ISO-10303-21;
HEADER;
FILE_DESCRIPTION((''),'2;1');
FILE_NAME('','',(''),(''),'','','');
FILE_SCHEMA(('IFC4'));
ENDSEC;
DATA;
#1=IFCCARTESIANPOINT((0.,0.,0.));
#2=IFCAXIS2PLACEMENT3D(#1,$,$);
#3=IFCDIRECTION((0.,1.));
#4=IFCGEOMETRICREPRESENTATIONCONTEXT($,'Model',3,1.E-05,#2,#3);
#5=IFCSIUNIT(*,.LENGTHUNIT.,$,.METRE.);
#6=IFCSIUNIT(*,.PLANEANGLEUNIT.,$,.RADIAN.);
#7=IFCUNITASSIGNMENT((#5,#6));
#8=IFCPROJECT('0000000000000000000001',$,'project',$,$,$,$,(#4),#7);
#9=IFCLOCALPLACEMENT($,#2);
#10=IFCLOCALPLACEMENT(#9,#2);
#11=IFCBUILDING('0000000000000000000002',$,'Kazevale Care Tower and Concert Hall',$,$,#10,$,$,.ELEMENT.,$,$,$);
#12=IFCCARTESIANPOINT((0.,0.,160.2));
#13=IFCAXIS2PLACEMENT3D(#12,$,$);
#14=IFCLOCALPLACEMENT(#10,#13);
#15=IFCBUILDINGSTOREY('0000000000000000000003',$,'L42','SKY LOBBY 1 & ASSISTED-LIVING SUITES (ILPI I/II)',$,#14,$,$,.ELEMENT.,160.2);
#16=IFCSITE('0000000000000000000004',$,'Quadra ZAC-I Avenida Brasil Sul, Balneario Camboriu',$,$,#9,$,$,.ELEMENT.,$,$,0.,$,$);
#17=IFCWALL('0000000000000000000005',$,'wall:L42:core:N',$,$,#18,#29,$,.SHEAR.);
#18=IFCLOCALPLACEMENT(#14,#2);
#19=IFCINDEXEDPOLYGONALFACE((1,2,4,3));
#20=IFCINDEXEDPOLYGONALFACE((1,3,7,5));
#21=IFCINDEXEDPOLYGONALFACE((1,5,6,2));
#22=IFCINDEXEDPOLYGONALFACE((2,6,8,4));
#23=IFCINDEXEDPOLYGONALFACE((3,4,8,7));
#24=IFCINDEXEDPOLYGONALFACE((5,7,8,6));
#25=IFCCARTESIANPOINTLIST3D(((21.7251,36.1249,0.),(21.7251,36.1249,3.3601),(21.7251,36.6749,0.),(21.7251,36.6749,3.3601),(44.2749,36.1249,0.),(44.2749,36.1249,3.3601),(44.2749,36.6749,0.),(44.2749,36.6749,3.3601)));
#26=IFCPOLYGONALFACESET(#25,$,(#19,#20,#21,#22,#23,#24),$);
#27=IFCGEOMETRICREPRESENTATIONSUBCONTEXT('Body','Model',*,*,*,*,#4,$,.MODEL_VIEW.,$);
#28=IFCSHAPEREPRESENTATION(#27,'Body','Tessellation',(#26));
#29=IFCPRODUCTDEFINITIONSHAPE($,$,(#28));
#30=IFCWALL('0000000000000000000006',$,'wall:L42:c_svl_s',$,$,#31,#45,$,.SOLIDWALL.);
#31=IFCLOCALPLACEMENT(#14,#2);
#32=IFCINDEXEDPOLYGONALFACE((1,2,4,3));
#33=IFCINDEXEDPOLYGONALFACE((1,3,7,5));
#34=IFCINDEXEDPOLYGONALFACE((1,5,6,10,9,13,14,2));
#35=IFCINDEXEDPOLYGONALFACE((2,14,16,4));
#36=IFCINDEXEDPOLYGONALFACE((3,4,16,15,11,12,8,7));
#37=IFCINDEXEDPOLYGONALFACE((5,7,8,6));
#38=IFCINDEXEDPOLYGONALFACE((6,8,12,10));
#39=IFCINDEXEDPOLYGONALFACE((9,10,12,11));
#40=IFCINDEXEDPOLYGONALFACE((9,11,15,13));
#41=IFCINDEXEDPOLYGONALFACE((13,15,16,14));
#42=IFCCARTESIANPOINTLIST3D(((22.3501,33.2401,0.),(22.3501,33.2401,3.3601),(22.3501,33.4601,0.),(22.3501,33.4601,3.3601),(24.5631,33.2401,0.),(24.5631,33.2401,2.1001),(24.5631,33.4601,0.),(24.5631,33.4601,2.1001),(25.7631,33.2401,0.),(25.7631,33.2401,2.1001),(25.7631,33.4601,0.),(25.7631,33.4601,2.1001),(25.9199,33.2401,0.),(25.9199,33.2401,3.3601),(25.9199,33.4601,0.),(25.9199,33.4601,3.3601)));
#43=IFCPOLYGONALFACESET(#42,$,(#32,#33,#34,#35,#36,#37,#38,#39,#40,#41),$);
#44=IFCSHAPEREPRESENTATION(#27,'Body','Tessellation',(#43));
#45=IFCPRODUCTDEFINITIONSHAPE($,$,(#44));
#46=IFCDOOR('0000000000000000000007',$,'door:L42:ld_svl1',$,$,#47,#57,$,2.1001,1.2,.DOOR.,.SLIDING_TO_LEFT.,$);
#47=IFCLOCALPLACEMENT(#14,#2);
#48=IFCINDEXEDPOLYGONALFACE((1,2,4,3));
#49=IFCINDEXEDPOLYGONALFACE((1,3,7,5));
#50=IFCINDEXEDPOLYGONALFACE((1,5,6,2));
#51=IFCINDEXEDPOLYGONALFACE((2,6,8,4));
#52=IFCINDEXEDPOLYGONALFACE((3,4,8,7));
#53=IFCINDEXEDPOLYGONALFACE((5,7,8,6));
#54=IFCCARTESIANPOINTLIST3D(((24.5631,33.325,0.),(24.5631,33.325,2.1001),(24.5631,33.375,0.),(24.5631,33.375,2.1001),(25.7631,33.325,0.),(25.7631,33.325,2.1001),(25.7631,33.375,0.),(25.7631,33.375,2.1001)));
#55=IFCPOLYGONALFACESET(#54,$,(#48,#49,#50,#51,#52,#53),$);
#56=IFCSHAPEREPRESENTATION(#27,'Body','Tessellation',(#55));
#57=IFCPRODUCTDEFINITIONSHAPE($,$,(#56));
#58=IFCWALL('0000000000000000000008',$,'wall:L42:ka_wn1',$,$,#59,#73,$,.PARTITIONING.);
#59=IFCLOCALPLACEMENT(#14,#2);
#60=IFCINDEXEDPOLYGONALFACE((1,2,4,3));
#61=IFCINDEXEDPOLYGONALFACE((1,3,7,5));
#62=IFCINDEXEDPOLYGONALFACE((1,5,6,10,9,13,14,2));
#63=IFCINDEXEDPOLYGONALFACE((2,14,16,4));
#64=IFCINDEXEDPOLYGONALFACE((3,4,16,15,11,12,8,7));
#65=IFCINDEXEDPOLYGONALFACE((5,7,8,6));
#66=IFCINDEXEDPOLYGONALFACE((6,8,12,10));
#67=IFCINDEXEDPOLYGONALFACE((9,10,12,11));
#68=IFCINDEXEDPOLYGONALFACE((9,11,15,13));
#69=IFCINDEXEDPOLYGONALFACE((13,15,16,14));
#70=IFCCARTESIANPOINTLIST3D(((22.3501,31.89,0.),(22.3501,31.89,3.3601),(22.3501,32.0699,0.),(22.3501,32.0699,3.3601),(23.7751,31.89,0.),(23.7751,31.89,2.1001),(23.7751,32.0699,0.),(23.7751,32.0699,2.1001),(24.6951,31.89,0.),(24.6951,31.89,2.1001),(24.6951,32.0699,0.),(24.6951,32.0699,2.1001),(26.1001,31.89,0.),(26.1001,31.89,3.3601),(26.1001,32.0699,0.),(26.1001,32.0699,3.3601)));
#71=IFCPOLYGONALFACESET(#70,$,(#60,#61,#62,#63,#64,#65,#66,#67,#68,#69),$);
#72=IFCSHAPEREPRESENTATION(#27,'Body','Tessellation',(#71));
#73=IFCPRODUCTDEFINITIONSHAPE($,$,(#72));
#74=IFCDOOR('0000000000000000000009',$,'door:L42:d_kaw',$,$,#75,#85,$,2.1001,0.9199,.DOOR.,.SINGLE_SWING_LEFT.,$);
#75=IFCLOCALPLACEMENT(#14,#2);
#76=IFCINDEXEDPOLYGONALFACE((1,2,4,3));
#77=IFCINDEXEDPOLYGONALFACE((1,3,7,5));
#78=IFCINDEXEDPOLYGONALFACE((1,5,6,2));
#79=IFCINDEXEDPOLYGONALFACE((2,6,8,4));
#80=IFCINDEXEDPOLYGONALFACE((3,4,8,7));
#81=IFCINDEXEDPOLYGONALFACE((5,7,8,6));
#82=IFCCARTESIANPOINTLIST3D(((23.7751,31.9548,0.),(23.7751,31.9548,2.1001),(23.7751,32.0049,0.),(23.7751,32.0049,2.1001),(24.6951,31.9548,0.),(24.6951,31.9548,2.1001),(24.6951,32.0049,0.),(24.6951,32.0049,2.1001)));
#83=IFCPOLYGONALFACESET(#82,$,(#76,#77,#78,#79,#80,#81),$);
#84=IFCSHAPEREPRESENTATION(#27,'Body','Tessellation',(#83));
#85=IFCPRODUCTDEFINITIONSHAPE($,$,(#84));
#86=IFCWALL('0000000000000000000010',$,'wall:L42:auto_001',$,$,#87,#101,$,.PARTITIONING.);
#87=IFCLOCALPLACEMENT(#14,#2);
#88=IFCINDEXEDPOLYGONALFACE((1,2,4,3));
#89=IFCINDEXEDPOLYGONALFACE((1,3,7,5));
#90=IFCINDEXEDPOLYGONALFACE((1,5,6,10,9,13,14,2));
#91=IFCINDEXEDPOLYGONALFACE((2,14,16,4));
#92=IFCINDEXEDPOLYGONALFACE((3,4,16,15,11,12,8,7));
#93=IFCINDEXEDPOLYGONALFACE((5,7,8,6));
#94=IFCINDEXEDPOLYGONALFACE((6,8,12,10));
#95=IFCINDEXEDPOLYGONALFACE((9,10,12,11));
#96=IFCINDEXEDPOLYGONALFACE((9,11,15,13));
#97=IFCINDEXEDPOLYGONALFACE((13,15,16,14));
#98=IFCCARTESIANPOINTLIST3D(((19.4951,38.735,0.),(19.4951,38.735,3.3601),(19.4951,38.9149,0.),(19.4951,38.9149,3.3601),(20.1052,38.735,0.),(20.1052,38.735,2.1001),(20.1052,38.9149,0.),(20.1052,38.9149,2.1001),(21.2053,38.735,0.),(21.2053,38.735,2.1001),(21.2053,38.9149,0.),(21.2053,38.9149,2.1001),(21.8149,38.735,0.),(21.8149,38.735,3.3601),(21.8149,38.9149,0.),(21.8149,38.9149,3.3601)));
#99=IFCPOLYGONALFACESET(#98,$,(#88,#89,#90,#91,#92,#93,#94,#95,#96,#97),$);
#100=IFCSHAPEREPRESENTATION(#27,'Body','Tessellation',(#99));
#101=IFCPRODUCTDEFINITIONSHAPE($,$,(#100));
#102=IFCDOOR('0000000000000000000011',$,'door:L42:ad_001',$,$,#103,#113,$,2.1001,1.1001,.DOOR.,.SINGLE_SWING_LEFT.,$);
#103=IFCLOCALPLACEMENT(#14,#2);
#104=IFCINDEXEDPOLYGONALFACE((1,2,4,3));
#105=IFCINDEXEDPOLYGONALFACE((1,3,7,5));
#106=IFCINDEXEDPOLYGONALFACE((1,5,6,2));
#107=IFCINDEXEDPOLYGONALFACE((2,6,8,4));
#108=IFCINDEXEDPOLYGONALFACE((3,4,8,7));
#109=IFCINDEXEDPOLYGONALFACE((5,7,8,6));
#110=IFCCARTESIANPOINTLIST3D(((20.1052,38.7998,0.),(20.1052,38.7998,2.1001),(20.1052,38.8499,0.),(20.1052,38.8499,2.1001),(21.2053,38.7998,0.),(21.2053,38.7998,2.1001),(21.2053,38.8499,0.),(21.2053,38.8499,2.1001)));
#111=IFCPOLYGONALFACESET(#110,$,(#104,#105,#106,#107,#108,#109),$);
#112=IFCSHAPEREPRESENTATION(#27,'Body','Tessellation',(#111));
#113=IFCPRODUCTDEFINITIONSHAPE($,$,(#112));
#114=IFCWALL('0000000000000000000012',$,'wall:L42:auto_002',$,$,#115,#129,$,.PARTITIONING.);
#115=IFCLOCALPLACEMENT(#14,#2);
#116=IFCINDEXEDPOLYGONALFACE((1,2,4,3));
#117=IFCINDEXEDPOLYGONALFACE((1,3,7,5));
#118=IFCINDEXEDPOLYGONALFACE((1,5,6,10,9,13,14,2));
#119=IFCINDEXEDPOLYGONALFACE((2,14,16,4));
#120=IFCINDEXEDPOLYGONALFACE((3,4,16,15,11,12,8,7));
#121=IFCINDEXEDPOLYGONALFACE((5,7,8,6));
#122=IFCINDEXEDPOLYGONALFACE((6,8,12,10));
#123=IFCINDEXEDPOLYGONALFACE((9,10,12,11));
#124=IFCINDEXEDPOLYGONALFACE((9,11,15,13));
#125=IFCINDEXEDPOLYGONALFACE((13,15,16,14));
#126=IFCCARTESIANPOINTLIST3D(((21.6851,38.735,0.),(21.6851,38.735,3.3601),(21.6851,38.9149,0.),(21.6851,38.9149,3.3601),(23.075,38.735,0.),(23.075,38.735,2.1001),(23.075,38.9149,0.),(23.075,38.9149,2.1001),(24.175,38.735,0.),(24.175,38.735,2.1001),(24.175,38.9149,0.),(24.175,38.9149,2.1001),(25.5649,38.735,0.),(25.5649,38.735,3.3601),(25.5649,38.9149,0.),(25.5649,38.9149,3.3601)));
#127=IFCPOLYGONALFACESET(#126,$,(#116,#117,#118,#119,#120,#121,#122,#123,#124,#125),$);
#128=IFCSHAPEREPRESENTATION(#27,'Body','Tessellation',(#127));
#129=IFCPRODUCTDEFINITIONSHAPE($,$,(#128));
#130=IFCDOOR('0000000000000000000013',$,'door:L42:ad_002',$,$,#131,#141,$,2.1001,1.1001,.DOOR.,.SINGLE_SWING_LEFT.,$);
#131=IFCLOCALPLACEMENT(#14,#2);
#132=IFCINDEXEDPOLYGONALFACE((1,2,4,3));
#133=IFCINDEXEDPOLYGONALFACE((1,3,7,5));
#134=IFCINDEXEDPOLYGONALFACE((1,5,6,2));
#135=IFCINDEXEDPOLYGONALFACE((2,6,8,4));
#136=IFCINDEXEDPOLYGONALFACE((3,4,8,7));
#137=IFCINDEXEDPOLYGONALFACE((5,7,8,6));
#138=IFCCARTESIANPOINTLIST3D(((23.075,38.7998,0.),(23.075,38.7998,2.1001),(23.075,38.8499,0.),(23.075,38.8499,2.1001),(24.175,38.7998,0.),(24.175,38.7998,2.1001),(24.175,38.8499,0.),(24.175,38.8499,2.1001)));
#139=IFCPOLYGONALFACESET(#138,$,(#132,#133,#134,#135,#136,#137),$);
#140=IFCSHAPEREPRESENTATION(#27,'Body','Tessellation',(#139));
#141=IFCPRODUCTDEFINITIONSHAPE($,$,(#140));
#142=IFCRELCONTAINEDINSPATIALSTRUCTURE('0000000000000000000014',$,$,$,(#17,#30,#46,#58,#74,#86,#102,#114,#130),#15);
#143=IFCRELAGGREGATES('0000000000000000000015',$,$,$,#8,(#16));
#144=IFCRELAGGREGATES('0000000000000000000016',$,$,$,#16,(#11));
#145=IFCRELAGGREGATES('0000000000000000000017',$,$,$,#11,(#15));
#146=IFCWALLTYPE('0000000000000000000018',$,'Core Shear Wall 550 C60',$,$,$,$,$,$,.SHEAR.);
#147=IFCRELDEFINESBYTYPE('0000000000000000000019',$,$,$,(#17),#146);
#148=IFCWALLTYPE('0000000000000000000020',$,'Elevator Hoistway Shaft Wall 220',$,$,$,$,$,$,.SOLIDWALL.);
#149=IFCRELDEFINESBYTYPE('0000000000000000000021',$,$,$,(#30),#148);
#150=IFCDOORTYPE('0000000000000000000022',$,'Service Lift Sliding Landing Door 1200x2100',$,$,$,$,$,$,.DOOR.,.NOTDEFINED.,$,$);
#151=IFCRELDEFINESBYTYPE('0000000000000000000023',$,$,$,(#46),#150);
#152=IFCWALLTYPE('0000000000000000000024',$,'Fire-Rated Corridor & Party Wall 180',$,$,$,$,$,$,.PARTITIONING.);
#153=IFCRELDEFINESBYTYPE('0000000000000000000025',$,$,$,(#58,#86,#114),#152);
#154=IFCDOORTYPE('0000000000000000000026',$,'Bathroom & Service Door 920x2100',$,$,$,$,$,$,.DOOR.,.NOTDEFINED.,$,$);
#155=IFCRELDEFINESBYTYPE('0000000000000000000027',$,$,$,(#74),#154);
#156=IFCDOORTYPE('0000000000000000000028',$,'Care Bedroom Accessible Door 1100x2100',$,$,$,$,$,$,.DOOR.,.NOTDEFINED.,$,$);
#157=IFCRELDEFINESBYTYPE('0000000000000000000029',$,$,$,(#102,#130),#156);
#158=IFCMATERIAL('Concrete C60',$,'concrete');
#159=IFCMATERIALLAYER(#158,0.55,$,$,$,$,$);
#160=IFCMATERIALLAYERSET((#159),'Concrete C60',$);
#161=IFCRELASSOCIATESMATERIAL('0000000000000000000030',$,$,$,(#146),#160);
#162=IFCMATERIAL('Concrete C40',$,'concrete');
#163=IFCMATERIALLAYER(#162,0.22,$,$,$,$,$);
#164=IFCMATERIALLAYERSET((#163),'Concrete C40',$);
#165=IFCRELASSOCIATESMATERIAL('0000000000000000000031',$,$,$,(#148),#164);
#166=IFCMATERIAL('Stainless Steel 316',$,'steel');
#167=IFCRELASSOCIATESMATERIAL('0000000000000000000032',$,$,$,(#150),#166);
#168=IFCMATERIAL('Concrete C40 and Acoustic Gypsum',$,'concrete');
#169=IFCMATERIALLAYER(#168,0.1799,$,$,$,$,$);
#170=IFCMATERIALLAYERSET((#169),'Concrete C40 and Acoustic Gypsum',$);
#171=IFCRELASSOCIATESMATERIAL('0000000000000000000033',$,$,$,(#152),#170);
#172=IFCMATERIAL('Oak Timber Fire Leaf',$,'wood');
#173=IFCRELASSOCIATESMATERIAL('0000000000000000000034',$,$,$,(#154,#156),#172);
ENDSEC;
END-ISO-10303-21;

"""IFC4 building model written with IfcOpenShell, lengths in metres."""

from ifc_helpers import new_model, si_unit, direction, frame, frame_2d, origin, place, context, subcontext, project, spatial, rectangle, extrude, material, layer, layer_set, type_object, element, fill, save


model = new_model("IFC4")

# Units and contexts
model_context = context("Model", 3, precision=1e-05, world=origin(), true_north=direction((0.0, 1.0)))
body_context = subcontext(model_context, "Body", "Model", "MODEL_VIEW")
ifc_project = project(units=[si_unit("LENGTHUNIT", "METRE"), si_unit("PLANEANGLEUNIT", "RADIAN")], contexts=[model_context])

# Site, building, storey
site_placement = place(None, origin())
site = spatial("IfcSite", under=ifc_project, at=site_placement, Name="Quadra ZAC-I Avenida Brasil Sul, Balneario Camboriu", CompositionType="ELEMENT", RefElevation=0.0)
building_placement = place(site_placement, origin())
building = spatial("IfcBuilding", under=site, at=building_placement, Name="Kazevale Care Tower and Concert Hall", CompositionType="ELEMENT")
storey_placement = place(building_placement, frame((0.0, 0.0, 160.2)))
storey = spatial("IfcBuildingStorey", under=building, at=storey_placement, Name="L42", Description="SKY LOBBY 1 & ASSISTED-LIVING SUITES (ILPI I/II)", CompositionType="ELEMENT", Elevation=160.2)

# Shared definitions
ifc_material_1 = material(Name="Concrete C60", Category="concrete")

# Wall
ifc_layer_1 = layer(ifc_material_1, 0.55)
ifc_layer_set_1 = layer_set([ifc_layer_1], Name="Concrete C60")
wall_type_1 = type_object("IfcWallType", Name="Core Shear Wall 550 C60", PredefinedType="SHEAR", material=ifc_layer_set_1)
wall_1_placement = place(storey_placement, frame((21.7251, 36.3999, 0.0), z_axis=(0.0, 0.0, 1.0), x_axis=(1.0, 0.0, 0.0)))
element("IfcWall", 1, at=wall_1_placement, inside=storey, type_object=wall_type_1, Name="wall:L42:core:N", PredefinedType="SHEAR", context=body_context, shape_type="SweptSolid", body=[
    extrude(rectangle(XDim=22.5498, YDim=0.55, at=frame_2d((11.2749, 0.0))), origin(), (0.0, 0.0, 1.0), 3.3601),
])

# Walls, openings, doors
ifc_material_2 = material(Name="Concrete C40", Category="concrete")
ifc_layer_2 = layer(ifc_material_2, 0.22)
ifc_layer_set_2 = layer_set([ifc_layer_2], Name="Concrete C40")
wall_type_2 = type_object("IfcWallType", Name="Elevator Hoistway Shaft Wall 220", PredefinedType="SOLIDWALL", material=ifc_layer_set_2)
wall_2_placement = place(storey_placement, frame((22.3501, 33.3501, 0.0), z_axis=(0.0, 0.0, 1.0), x_axis=(1.0, 0.0, 0.0)))
wall_2 = element("IfcWall", 2, at=wall_2_placement, inside=storey, type_object=wall_type_2, Name="wall:L42:c_svl_s", PredefinedType="SOLIDWALL", context=body_context, shape_type="SweptSolid", body=[
    extrude(rectangle(XDim=3.5698, YDim=0.22, at=frame_2d((1.7849, 0.0))), origin(), (0.0, 0.0, 1.0), 3.3601),
])
opening_1_placement = place(wall_2_placement, frame((2.2129, 0.0, 0.0)))
opening_1 = element("IfcOpeningElement", 3, at=opening_1_placement, cuts=wall_2, PredefinedType="OPENING", context=body_context, shape_type="SweptSolid", body=[
    extrude(rectangle(XDim=1.2, YDim=2.1001, at=frame_2d((0.6001, 1.05))), frame((0.0, 0.1199, 0.0), z_axis=(0.0, -1.0, 0.0), x_axis=(1.0, 0.0, 0.0)), (0.0, 0.0, 1.0), 0.24),
])
ifc_material_3 = material(Name="Stainless Steel 316", Category="steel")
door_type_1 = type_object("IfcDoorType", Name="Service Lift Sliding Landing Door 1200x2100", OperationType="NOTDEFINED", PredefinedType="DOOR", material=ifc_material_3)
door_1_placement = place(opening_1_placement, origin())
door_1 = element("IfcDoor", 4, at=door_1_placement, inside=storey, type_object=door_type_1, Name="door:L42:ld_svl1", OperationType="SLIDING_TO_LEFT", OverallHeight=2.1001, OverallWidth=1.2, PredefinedType="DOOR", context=body_context, shape_type="SweptSolid", body=[
    extrude(rectangle(XDim=1.2, YDim=2.1001, at=frame_2d((0.6001, 1.05))), frame((0.0, 0.0249, 0.0), z_axis=(0.0, -1.0, 0.0), x_axis=(1.0, 0.0, 0.0)), (0.0, 0.0, 1.0), 0.05),
])
fill(opening_1, door_1)
ifc_material_4 = material(Name="Concrete C40 and Acoustic Gypsum", Category="concrete")
ifc_layer_3 = layer(ifc_material_4, 0.1799)
ifc_layer_set_3 = layer_set([ifc_layer_3], Name="Concrete C40 and Acoustic Gypsum")
wall_type_3 = type_object("IfcWallType", Name="Fire-Rated Corridor & Party Wall 180", PredefinedType="PARTITIONING", material=ifc_layer_set_3)
wall_3_placement = place(storey_placement, frame((22.3501, 31.98, 0.0), z_axis=(0.0, 0.0, 1.0), x_axis=(1.0, 0.0, 0.0)))
wall_3 = element("IfcWall", 5, at=wall_3_placement, inside=storey, type_object=wall_type_3, Name="wall:L42:ka_wn1", PredefinedType="PARTITIONING", context=body_context, shape_type="SweptSolid", body=[
    extrude(rectangle(XDim=3.75, YDim=0.1799, at=frame_2d((1.875, 0.0))), origin(), (0.0, 0.0, 1.0), 3.3601),
])
opening_2_placement = place(wall_3_placement, frame((1.425, 0.0, 0.0)))
opening_2 = element("IfcOpeningElement", 6, at=opening_2_placement, cuts=wall_3, PredefinedType="OPENING", context=body_context, shape_type="SweptSolid", body=[
    extrude(rectangle(XDim=0.9199, YDim=2.1001, at=frame_2d((0.46, 1.05))), frame((0.0, 0.0999, 0.0), z_axis=(0.0, -1.0, 0.0), x_axis=(1.0, 0.0, 0.0)), (0.0, 0.0, 1.0), 0.2),
])
ifc_material_5 = material(Name="Oak Timber Fire Leaf", Category="wood")
door_type_2 = type_object("IfcDoorType", Name="Bathroom & Service Door 920x2100", OperationType="NOTDEFINED", PredefinedType="DOOR", material=ifc_material_5)
door_2_placement = place(opening_2_placement, origin())
door_2 = element("IfcDoor", 7, at=door_2_placement, inside=storey, type_object=door_type_2, Name="door:L42:d_kaw", OperationType="SINGLE_SWING_LEFT", OverallHeight=2.1001, OverallWidth=0.9199, PredefinedType="DOOR", context=body_context, shape_type="SweptSolid", body=[
    extrude(rectangle(XDim=0.9199, YDim=2.1001, at=frame_2d((0.46, 1.05))), frame((0.0, 0.0249, 0.0), z_axis=(0.0, -1.0, 0.0), x_axis=(1.0, 0.0, 0.0)), (0.0, 0.0, 1.0), 0.05),
])
fill(opening_2, door_2)
wall_4_placement = place(storey_placement, frame((19.4951, 38.825, 0.0), z_axis=(0.0, 0.0, 1.0), x_axis=(1.0, 0.0, 0.0)))
wall_4 = element("IfcWall", 8, at=wall_4_placement, inside=storey, type_object=wall_type_3, Name="wall:L42:auto_001", PredefinedType="PARTITIONING", context=body_context, shape_type="SweptSolid", body=[
    extrude(rectangle(XDim=2.3198, YDim=0.1799, at=frame_2d((1.1599, 0.0))), origin(), (0.0, 0.0, 1.0), 3.3601),
])
opening_3_placement = place(wall_4_placement, frame((0.6101, 0.0, 0.0)))
opening_3 = element("IfcOpeningElement", 9, at=opening_3_placement, cuts=wall_4, PredefinedType="OPENING", context=body_context, shape_type="SweptSolid", body=[
    extrude(rectangle(XDim=1.1001, YDim=2.1001, at=frame_2d((0.55, 1.05))), frame((0.0, 0.0999, 0.0), z_axis=(0.0, -1.0, 0.0), x_axis=(1.0, 0.0, 0.0)), (0.0, 0.0, 1.0), 0.2),
])
door_type_3 = type_object("IfcDoorType", Name="Care Bedroom Accessible Door 1100x2100", OperationType="NOTDEFINED", PredefinedType="DOOR", material=ifc_material_5)
door_3_placement = place(opening_3_placement, origin())
door_3 = element("IfcDoor", 10, at=door_3_placement, inside=storey, type_object=door_type_3, Name="door:L42:ad_001", OperationType="SINGLE_SWING_LEFT", OverallHeight=2.1001, OverallWidth=1.1001, PredefinedType="DOOR", context=body_context, shape_type="SweptSolid", body=[
    extrude(rectangle(XDim=1.1001, YDim=2.1001, at=frame_2d((0.55, 1.05))), frame((0.0, 0.0249, 0.0), z_axis=(0.0, -1.0, 0.0), x_axis=(1.0, 0.0, 0.0)), (0.0, 0.0, 1.0), 0.05),
])
fill(opening_3, door_3)
wall_5_placement = place(storey_placement, frame((21.6851, 38.825, 0.0), z_axis=(0.0, 0.0, 1.0), x_axis=(1.0, 0.0, 0.0)))
wall_5 = element("IfcWall", 11, at=wall_5_placement, inside=storey, type_object=wall_type_3, Name="wall:L42:auto_002", PredefinedType="PARTITIONING", context=body_context, shape_type="SweptSolid", body=[
    extrude(rectangle(XDim=3.8799, YDim=0.1799, at=frame_2d((1.9399, 0.0))), origin(), (0.0, 0.0, 1.0), 3.3601),
])
opening_4_placement = place(wall_5_placement, frame((1.3899, 0.0, 0.0)))
opening_4 = element("IfcOpeningElement", 12, at=opening_4_placement, cuts=wall_5, PredefinedType="OPENING", context=body_context, shape_type="SweptSolid", body=[
    extrude(rectangle(XDim=1.1001, YDim=2.1001, at=frame_2d((0.55, 1.05))), frame((0.0, 0.0999, 0.0), z_axis=(0.0, -1.0, 0.0), x_axis=(1.0, 0.0, 0.0)), (0.0, 0.0, 1.0), 0.2),
])
door_4_placement = place(opening_4_placement, origin())
door_4 = element("IfcDoor", 13, at=door_4_placement, inside=storey, type_object=door_type_3, Name="door:L42:ad_002", OperationType="SINGLE_SWING_LEFT", OverallHeight=2.1001, OverallWidth=1.1001, PredefinedType="DOOR", context=body_context, shape_type="SweptSolid", body=[
    extrude(rectangle(XDim=1.1001, YDim=2.1001, at=frame_2d((0.55, 1.05))), frame((0.0, 0.0249, 0.0), z_axis=(0.0, -1.0, 0.0), x_axis=(1.0, 0.0, 0.0)), (0.0, 0.0, 1.0), 0.05),
])
fill(opening_4, door_4)

save(model, "model.ifc")
